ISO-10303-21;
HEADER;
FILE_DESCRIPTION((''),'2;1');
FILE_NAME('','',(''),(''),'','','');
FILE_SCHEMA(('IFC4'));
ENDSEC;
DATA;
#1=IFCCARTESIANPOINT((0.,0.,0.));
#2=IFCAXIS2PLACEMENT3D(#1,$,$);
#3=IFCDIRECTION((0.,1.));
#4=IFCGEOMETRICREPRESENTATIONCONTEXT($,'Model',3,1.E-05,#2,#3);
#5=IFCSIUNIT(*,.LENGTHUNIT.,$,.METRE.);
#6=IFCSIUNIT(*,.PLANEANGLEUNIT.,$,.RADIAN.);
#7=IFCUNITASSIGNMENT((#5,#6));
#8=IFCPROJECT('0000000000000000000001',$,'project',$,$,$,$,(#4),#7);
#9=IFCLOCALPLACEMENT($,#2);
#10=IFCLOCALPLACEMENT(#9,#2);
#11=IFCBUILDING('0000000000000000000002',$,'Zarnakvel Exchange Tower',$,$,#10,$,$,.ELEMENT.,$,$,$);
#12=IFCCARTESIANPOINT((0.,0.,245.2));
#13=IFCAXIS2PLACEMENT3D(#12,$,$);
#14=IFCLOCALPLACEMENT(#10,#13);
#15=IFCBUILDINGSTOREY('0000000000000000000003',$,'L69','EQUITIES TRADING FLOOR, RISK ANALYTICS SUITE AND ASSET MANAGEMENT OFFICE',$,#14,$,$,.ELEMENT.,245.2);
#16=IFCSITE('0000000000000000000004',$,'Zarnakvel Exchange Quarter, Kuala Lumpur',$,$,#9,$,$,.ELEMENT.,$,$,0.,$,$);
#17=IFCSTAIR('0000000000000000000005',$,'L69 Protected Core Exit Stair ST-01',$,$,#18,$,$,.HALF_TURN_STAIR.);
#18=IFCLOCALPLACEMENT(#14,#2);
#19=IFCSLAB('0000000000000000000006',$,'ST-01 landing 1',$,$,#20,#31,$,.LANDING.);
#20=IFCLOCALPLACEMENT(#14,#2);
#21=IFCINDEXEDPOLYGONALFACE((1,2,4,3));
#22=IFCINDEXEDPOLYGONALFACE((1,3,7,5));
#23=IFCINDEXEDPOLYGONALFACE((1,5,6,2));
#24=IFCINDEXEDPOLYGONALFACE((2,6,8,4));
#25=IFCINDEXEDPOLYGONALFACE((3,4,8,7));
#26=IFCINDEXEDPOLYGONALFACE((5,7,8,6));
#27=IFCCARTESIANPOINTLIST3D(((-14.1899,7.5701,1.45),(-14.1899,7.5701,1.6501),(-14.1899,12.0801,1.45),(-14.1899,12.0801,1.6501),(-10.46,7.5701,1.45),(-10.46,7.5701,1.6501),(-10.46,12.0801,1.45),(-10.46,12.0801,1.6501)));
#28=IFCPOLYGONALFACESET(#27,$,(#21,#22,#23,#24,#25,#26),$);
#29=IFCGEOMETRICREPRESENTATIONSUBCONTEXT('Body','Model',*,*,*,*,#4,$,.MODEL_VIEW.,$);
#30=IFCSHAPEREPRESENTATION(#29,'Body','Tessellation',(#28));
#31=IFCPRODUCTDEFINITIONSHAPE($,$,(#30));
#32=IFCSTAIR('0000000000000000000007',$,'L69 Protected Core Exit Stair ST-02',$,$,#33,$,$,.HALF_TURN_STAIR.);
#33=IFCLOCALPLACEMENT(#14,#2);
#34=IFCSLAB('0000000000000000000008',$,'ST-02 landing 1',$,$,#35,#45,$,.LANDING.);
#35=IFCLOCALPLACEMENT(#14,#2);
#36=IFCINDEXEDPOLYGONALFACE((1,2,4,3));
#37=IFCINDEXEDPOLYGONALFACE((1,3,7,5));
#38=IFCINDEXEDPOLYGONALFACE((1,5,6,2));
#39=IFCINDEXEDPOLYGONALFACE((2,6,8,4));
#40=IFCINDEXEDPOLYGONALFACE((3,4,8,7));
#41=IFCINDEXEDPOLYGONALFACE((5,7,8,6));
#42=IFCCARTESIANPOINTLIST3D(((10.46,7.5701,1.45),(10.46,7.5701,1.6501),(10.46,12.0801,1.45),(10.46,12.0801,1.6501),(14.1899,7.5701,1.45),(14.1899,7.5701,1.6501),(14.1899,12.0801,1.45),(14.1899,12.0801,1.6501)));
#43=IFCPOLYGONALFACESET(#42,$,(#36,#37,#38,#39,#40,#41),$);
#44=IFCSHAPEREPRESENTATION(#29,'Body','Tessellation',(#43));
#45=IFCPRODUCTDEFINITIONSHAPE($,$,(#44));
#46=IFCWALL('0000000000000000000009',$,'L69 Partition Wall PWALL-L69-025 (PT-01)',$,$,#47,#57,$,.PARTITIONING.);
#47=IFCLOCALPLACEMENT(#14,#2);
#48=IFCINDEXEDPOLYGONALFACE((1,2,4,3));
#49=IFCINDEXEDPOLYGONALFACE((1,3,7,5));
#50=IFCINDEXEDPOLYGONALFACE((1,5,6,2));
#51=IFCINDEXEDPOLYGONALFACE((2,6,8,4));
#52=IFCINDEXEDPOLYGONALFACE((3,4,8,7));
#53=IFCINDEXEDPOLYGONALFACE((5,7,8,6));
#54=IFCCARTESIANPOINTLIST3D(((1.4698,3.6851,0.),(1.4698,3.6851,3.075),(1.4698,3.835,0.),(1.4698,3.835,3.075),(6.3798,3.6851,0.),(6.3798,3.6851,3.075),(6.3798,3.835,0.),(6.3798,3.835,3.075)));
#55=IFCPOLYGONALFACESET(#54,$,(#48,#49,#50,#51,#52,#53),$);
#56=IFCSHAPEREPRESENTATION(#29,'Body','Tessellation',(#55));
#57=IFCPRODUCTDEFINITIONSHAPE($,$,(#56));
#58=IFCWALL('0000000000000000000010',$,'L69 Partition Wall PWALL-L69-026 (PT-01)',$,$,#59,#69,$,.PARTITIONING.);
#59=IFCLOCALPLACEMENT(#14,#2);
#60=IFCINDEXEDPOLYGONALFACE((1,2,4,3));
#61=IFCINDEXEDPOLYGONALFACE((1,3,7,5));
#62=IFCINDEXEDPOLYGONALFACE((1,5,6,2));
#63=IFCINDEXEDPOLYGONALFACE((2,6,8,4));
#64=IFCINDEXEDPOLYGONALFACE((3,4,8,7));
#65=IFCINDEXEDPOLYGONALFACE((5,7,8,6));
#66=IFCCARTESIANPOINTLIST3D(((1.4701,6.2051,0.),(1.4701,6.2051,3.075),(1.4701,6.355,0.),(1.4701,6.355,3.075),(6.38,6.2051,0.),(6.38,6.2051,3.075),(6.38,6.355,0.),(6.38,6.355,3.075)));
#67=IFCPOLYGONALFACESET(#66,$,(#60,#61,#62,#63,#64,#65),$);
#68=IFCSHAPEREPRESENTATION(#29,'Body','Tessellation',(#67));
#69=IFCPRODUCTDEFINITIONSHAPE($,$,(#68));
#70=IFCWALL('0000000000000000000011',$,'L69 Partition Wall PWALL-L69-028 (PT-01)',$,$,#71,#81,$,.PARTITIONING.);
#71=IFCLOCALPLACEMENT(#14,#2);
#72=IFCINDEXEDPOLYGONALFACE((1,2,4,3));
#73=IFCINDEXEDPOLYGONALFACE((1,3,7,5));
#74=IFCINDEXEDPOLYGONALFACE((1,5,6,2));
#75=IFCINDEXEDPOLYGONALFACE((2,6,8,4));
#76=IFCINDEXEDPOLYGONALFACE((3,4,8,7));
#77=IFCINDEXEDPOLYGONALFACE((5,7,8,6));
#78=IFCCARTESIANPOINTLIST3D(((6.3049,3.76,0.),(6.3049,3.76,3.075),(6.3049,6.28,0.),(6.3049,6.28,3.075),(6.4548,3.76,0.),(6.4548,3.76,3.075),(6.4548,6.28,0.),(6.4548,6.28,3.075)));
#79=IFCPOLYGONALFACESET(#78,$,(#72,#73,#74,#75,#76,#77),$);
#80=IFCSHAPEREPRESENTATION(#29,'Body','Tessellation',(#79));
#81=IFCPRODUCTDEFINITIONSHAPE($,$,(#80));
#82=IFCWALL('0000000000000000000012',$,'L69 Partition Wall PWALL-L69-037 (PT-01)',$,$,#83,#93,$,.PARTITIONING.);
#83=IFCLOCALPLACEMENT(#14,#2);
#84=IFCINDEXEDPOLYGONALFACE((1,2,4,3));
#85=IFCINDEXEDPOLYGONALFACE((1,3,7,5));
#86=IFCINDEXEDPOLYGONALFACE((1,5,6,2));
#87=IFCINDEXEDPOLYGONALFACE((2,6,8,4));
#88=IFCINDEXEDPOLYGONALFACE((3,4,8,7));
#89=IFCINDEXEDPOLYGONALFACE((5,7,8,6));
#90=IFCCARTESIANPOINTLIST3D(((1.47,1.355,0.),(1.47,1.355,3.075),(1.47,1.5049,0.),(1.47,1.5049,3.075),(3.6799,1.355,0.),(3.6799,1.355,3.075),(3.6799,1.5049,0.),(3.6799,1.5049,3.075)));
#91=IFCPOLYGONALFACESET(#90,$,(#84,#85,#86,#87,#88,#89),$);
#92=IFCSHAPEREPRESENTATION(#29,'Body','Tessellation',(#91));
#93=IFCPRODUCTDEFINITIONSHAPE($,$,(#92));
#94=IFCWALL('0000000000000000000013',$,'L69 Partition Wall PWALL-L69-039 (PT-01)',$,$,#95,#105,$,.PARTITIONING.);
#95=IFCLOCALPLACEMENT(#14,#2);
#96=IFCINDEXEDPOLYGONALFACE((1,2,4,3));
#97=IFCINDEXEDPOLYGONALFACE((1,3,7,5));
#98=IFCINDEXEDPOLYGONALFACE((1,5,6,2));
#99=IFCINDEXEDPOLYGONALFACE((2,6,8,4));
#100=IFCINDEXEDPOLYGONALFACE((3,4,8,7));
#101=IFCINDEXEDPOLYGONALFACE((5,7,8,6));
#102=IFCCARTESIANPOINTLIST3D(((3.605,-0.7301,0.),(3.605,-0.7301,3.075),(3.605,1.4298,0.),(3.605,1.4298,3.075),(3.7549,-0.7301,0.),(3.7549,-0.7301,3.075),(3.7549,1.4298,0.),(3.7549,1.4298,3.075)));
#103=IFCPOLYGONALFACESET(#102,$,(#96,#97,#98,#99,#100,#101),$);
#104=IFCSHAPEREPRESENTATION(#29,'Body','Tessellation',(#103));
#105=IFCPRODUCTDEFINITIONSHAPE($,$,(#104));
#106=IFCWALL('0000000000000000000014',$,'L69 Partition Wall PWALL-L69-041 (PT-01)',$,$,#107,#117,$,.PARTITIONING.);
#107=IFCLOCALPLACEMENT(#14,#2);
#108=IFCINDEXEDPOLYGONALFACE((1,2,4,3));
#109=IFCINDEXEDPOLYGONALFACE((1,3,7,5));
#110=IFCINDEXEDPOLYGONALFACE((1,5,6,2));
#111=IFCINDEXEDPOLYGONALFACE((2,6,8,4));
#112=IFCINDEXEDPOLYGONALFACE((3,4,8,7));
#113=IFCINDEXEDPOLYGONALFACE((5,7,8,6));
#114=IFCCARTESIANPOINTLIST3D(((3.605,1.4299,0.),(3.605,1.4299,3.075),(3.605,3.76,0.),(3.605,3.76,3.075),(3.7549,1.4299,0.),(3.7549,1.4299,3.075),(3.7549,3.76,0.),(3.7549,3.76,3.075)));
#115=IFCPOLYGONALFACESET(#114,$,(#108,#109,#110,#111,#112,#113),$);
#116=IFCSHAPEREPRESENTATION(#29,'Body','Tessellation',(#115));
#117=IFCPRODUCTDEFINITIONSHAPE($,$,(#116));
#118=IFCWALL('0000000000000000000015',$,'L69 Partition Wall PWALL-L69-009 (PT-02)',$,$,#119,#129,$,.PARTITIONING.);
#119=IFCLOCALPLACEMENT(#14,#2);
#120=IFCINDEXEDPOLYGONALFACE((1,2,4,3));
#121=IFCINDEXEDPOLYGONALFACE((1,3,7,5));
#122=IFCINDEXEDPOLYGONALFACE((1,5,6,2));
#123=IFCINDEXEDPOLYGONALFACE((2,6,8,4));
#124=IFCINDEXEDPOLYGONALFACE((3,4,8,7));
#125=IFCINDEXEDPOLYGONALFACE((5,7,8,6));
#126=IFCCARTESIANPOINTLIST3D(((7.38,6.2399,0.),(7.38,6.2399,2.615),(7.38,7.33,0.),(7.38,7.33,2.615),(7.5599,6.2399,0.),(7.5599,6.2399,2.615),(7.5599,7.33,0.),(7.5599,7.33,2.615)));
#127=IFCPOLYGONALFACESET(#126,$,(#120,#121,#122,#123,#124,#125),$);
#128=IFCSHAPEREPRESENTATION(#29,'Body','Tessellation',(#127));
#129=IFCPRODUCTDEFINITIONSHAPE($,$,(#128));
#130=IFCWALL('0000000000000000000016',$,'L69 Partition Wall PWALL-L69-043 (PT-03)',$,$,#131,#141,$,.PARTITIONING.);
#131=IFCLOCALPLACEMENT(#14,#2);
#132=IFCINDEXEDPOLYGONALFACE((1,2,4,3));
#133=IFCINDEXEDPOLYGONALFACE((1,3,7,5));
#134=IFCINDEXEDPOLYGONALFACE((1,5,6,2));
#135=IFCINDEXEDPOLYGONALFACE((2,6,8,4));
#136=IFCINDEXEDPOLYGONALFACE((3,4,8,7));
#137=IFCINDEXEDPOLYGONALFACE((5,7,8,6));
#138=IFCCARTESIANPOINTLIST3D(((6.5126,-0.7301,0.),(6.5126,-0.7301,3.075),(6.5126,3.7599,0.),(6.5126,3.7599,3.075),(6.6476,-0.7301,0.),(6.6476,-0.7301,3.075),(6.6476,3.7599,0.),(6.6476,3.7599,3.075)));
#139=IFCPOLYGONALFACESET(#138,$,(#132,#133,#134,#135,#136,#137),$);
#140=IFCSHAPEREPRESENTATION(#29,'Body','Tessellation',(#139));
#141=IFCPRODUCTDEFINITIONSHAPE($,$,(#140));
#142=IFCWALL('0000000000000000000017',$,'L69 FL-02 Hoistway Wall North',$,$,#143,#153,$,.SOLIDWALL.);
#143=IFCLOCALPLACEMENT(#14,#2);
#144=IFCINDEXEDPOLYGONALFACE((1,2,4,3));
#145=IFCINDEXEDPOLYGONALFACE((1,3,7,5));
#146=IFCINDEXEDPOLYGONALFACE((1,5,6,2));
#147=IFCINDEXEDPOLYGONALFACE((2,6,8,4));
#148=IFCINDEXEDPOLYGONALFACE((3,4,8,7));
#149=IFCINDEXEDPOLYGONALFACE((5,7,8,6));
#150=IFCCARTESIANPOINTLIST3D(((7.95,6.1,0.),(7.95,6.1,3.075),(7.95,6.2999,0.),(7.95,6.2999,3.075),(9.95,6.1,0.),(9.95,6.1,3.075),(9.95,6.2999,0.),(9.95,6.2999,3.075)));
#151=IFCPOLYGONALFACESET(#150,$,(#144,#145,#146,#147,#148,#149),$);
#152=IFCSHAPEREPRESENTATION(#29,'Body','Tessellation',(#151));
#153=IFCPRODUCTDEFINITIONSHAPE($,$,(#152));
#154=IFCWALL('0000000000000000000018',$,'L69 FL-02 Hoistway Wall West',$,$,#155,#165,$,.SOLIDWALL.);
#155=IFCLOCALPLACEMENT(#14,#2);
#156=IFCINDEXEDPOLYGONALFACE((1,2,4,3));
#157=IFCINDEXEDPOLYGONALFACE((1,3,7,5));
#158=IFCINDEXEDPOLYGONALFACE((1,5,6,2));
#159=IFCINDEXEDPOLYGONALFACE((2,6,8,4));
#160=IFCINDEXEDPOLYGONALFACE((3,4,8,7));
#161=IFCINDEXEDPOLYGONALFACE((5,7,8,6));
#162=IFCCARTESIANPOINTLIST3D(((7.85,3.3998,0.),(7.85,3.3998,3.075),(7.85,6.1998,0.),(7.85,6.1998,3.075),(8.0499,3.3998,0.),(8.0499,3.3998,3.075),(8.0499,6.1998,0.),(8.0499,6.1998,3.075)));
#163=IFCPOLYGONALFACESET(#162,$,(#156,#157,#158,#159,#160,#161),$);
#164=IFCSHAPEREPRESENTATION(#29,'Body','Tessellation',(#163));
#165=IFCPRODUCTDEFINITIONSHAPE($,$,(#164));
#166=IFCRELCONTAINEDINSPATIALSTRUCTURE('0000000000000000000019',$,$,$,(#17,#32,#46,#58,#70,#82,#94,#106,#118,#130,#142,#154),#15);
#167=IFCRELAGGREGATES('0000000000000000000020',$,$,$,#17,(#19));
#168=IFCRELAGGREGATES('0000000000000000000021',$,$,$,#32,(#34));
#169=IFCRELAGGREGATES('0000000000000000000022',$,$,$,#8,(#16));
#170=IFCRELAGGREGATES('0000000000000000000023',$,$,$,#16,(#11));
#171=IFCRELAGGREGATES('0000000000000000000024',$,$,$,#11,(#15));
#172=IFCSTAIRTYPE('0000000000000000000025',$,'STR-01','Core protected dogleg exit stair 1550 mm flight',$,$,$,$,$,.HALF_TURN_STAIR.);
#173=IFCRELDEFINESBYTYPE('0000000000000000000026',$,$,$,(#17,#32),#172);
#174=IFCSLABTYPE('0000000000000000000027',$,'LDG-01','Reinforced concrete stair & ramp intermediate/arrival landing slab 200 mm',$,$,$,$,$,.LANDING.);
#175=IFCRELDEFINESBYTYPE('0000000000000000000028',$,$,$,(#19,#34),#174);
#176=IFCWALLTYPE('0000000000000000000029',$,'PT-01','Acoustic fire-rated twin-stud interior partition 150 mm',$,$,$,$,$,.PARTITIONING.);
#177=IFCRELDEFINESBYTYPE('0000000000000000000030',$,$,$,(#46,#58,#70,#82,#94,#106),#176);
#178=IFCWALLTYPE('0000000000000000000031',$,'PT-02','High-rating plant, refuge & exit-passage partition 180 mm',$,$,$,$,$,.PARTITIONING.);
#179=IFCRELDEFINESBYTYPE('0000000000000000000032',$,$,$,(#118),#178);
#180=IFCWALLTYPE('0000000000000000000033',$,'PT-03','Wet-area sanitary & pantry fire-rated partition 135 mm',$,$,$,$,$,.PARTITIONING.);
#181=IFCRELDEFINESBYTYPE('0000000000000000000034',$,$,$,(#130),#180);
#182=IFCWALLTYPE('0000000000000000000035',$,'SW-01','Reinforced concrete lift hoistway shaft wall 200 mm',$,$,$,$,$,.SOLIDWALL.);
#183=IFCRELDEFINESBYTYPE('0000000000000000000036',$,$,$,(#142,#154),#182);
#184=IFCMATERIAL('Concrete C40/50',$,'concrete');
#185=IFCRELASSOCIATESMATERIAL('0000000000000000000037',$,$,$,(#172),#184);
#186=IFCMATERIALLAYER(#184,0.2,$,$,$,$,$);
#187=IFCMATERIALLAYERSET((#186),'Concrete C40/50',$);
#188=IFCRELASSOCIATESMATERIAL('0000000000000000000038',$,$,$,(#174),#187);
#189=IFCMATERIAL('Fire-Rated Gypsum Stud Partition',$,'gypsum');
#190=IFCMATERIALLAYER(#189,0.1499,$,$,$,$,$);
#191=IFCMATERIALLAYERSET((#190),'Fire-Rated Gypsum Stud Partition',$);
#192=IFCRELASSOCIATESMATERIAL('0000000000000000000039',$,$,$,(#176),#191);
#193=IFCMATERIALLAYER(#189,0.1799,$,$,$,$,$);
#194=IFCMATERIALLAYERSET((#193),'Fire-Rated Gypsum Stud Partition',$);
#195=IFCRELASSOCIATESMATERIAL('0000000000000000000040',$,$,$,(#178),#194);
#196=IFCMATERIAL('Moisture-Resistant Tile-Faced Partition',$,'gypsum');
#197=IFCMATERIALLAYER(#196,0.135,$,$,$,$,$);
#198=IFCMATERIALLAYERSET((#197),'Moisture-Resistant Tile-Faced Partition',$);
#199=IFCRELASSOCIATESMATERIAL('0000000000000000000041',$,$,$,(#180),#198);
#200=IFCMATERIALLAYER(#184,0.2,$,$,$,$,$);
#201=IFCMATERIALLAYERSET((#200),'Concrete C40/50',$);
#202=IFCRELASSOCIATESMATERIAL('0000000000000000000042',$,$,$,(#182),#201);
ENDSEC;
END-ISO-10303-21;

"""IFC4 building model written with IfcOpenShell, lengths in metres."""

from ifc_helpers import new_model, si_unit, direction, frame, frame_2d, origin, place, context, subcontext, project, spatial, polyline, rectangle, outline, extrude, material, layer, layer_set, type_object, element, aggregate, save


model = new_model("IFC4")

# Units and contexts
model_context = context("Model", 3, precision=1e-05, world=origin(), true_north=direction((0.0, 1.0)))
body_context = subcontext(model_context, "Body", "Model", "MODEL_VIEW")
ifc_project = project(units=[si_unit("LENGTHUNIT", "METRE"), si_unit("PLANEANGLEUNIT", "RADIAN")], contexts=[model_context])

# Site, building, storey
site_placement = place(None, origin())
site = spatial("IfcSite", under=ifc_project, at=site_placement, Name="Zarnakvel Exchange Quarter, Kuala Lumpur", CompositionType="ELEMENT", RefElevation=0.0)
building_placement = place(site_placement, origin())
building = spatial("IfcBuilding", under=site, at=building_placement, Name="Zarnakvel Exchange Tower", CompositionType="ELEMENT")
storey_placement = place(building_placement, frame((0.0, 0.0, 245.2)))
storey = spatial("IfcBuildingStorey", under=building, at=storey_placement, Name="L69", Description="EQUITIES TRADING FLOOR, RISK ANALYTICS SUITE AND ASSET MANAGEMENT OFFICE", CompositionType="ELEMENT", Elevation=245.2)

# Stairs, slabs
ifc_material_1 = material(Name="Concrete C40/50", Category="concrete")
stair_type = type_object("IfcStairType", Name="STR-01", Description="Core protected dogleg exit stair 1550 mm flight", PredefinedType="HALF_TURN_STAIR", material=ifc_material_1)
stair_1_placement = place(storey_placement, origin())
stair_1 = element("IfcStair", 1, at=stair_1_placement, inside=storey, type_object=stair_type, Name="L69 Protected Core Exit Stair ST-01", PredefinedType="HALF_TURN_STAIR")
ifc_layer_1 = layer(ifc_material_1, 0.2)
ifc_layer_set_1 = layer_set([ifc_layer_1], Name="Concrete C40/50")
slab_type = type_object("IfcSlabType", Name="LDG-01", Description="Reinforced concrete stair & ramp intermediate/arrival landing slab 200 mm", PredefinedType="LANDING", material=ifc_layer_set_1)
slab_1_placement = place(storey_placement, frame((0.0, 0.0, 1.45)))
slab_1 = element("IfcSlab", 2, at=slab_1_placement, type_object=slab_type, Name="ST-01 landing 1", PredefinedType="LANDING", context=body_context, shape_type="SweptSolid", body=[
    extrude(outline(polyline([(-14.1899, 7.5701), (-10.46, 7.5701), (-10.46, 12.0801), (-14.1899, 12.0801), (-14.1899, 7.5701)])), origin(), (0.0, 0.0, 1.0), 0.2002),
])
aggregate(stair_1, [slab_1])
stair_2_placement = place(storey_placement, origin())
stair_2 = element("IfcStair", 3, at=stair_2_placement, inside=storey, type_object=stair_type, Name="L69 Protected Core Exit Stair ST-02", PredefinedType="HALF_TURN_STAIR")
slab_2_placement = place(storey_placement, frame((0.0, 0.0, 1.45)))
slab_2 = element("IfcSlab", 4, at=slab_2_placement, type_object=slab_type, Name="ST-02 landing 1", PredefinedType="LANDING", context=body_context, shape_type="SweptSolid", body=[
    extrude(outline(polyline([(10.46, 7.5701), (14.1899, 7.5701), (14.1899, 12.0801), (10.46, 12.0801), (10.46, 7.5701)])), origin(), (0.0, 0.0, 1.0), 0.2002),
])
aggregate(stair_2, [slab_2])

# Walls
ifc_material_2 = material(Name="Fire-Rated Gypsum Stud Partition", Category="gypsum")
ifc_layer_2 = layer(ifc_material_2, 0.1499)
ifc_layer_set_2 = layer_set([ifc_layer_2], Name="Fire-Rated Gypsum Stud Partition")
wall_type_1 = type_object("IfcWallType", Name="PT-01", Description="Acoustic fire-rated twin-stud interior partition 150 mm", PredefinedType="PARTITIONING", material=ifc_layer_set_2)
for number, where, z_axis, x_axis, name in (
    (5, (6.3799, 3.76, 0.0), (0.0, 0.0, 1.0), (-1.0, 0.0, 0.0), "L69 Partition Wall PWALL-L69-025 (PT-01)"),
    (6, (1.47, 6.28, 0.0), (0.0, 0.0, 1.0), (1.0, 0.0, 0.0), "L69 Partition Wall PWALL-L69-026 (PT-01)"),
):
    element("IfcWall", number, at=place(storey_placement, frame(where, z_axis=z_axis, x_axis=x_axis)), inside=storey, type_object=wall_type_1, Name=name, PredefinedType="PARTITIONING", context=body_context, shape_type="SweptSolid", body=[
        extrude(rectangle(XDim=4.9099, YDim=0.1499, at=frame_2d((2.4551, 0.0))), origin(), (0.0, 0.0, 1.0), 3.075),
    ])

# Walls
wall_1_placement = place(storey_placement, frame((6.3799, 6.28, 0.0), z_axis=(0.0, 0.0, 1.0), x_axis=(0.0, -1.0, 0.0)))
element("IfcWall", 7, at=wall_1_placement, inside=storey, type_object=wall_type_1, Name="L69 Partition Wall PWALL-L69-028 (PT-01)", PredefinedType="PARTITIONING", context=body_context, shape_type="SweptSolid", body=[
    extrude(rectangle(XDim=2.52, YDim=0.1499, at=frame_2d((1.26, 0.0))), origin(), (0.0, 0.0, 1.0), 3.075),
])
wall_2_placement = place(storey_placement, frame((1.47, 1.4299, 0.0), z_axis=(0.0, 0.0, 1.0), x_axis=(1.0, 0.0, 0.0)))
element("IfcWall", 8, at=wall_2_placement, inside=storey, type_object=wall_type_1, Name="L69 Partition Wall PWALL-L69-037 (PT-01)", PredefinedType="PARTITIONING", context=body_context, shape_type="SweptSolid", body=[
    extrude(rectangle(XDim=2.21, YDim=0.1499, at=frame_2d((1.105, 0.0))), origin(), (0.0, 0.0, 1.0), 3.075),
])
wall_3_placement = place(storey_placement, frame((3.6799, 1.4299, 0.0), z_axis=(0.0, 0.0, 1.0), x_axis=(0.0, -1.0, 0.0)))
element("IfcWall", 9, at=wall_3_placement, inside=storey, type_object=wall_type_1, Name="L69 Partition Wall PWALL-L69-039 (PT-01)", PredefinedType="PARTITIONING", context=body_context, shape_type="SweptSolid", body=[
    extrude(rectangle(XDim=2.1599, YDim=0.1499, at=frame_2d((1.0801, 0.0))), origin(), (0.0, 0.0, 1.0), 3.075),
])

# Walls
wall_4_placement = place(storey_placement, frame((3.6799, 3.76, 0.0), z_axis=(0.0, 0.0, 1.0), x_axis=(0.0, -1.0, 0.0)))
element("IfcWall", 10, at=wall_4_placement, inside=storey, type_object=wall_type_1, Name="L69 Partition Wall PWALL-L69-041 (PT-01)", PredefinedType="PARTITIONING", context=body_context, shape_type="SweptSolid", body=[
    extrude(rectangle(XDim=2.3301, YDim=0.1499, at=frame_2d((1.165, 0.0))), origin(), (0.0, 0.0, 1.0), 3.075),
])
ifc_layer_3 = layer(ifc_material_2, 0.1799)
ifc_layer_set_3 = layer_set([ifc_layer_3], Name="Fire-Rated Gypsum Stud Partition")
wall_type_2 = type_object("IfcWallType", Name="PT-02", Description="High-rating plant, refuge & exit-passage partition 180 mm", PredefinedType="PARTITIONING", material=ifc_layer_set_3)
wall_5_placement = place(storey_placement, frame((7.47, 6.24, 0.0), z_axis=(0.0, 0.0, 1.0), x_axis=(0.0, 1.0, 0.0)))
element("IfcWall", 11, at=wall_5_placement, inside=storey, type_object=wall_type_2, Name="L69 Partition Wall PWALL-L69-009 (PT-02)", PredefinedType="PARTITIONING", context=body_context, shape_type="SweptSolid", body=[
    extrude(rectangle(XDim=1.0901, YDim=0.1799, at=frame_2d((0.5449, 0.0))), origin(), (0.0, 0.0, 1.0), 2.615),
])
ifc_material_3 = material(Name="Moisture-Resistant Tile-Faced Partition", Category="gypsum")
ifc_layer_4 = layer(ifc_material_3, 0.135)
ifc_layer_set_4 = layer_set([ifc_layer_4], Name="Moisture-Resistant Tile-Faced Partition")
wall_type_3 = type_object("IfcWallType", Name="PT-03", Description="Wet-area sanitary & pantry fire-rated partition 135 mm", PredefinedType="PARTITIONING", material=ifc_layer_set_4)
wall_6_placement = place(storey_placement, frame((6.5801, 3.76, 0.0), z_axis=(0.0, 0.0, 1.0), x_axis=(0.0, -1.0, 0.0)))
element("IfcWall", 12, at=wall_6_placement, inside=storey, type_object=wall_type_3, Name="L69 Partition Wall PWALL-L69-043 (PT-03)", PredefinedType="PARTITIONING", context=body_context, shape_type="SweptSolid", body=[
    extrude(rectangle(XDim=4.49, YDim=0.135, at=frame_2d((2.2451, 0.0))), origin(), (0.0, 0.0, 1.0), 3.075),
])
ifc_layer_5 = layer(ifc_material_1, 0.2)
ifc_layer_set_5 = layer_set([ifc_layer_5], Name="Concrete C40/50")
wall_type_4 = type_object("IfcWallType", Name="SW-01", Description="Reinforced concrete lift hoistway shaft wall 200 mm", PredefinedType="SOLIDWALL", material=ifc_layer_set_5)
wall_7_placement = place(storey_placement, frame((7.95, 6.2, 0.0), z_axis=(0.0, 0.0, 1.0), x_axis=(1.0, 0.0, 0.0)))
element("IfcWall", 13, at=wall_7_placement, inside=storey, type_object=wall_type_4, Name="L69 FL-02 Hoistway Wall North", PredefinedType="SOLIDWALL", context=body_context, shape_type="SweptSolid", body=[
    extrude(rectangle(XDim=2.0, YDim=0.2, at=frame_2d((1.0, 0.0))), origin(), (0.0, 0.0, 1.0), 3.075),
])
wall_8_placement = place(storey_placement, frame((7.95, 3.3999, 0.0), z_axis=(0.0, 0.0, 1.0), x_axis=(0.0, 1.0, 0.0)))
element("IfcWall", 14, at=wall_8_placement, inside=storey, type_object=wall_type_4, Name="L69 FL-02 Hoistway Wall West", PredefinedType="SOLIDWALL", context=body_context, shape_type="SweptSolid", body=[
    extrude(rectangle(XDim=2.8, YDim=0.2, at=frame_2d((1.3999, 0.0))), origin(), (0.0, 0.0, 1.0), 3.075),
])

save(model, "model.ifc")
